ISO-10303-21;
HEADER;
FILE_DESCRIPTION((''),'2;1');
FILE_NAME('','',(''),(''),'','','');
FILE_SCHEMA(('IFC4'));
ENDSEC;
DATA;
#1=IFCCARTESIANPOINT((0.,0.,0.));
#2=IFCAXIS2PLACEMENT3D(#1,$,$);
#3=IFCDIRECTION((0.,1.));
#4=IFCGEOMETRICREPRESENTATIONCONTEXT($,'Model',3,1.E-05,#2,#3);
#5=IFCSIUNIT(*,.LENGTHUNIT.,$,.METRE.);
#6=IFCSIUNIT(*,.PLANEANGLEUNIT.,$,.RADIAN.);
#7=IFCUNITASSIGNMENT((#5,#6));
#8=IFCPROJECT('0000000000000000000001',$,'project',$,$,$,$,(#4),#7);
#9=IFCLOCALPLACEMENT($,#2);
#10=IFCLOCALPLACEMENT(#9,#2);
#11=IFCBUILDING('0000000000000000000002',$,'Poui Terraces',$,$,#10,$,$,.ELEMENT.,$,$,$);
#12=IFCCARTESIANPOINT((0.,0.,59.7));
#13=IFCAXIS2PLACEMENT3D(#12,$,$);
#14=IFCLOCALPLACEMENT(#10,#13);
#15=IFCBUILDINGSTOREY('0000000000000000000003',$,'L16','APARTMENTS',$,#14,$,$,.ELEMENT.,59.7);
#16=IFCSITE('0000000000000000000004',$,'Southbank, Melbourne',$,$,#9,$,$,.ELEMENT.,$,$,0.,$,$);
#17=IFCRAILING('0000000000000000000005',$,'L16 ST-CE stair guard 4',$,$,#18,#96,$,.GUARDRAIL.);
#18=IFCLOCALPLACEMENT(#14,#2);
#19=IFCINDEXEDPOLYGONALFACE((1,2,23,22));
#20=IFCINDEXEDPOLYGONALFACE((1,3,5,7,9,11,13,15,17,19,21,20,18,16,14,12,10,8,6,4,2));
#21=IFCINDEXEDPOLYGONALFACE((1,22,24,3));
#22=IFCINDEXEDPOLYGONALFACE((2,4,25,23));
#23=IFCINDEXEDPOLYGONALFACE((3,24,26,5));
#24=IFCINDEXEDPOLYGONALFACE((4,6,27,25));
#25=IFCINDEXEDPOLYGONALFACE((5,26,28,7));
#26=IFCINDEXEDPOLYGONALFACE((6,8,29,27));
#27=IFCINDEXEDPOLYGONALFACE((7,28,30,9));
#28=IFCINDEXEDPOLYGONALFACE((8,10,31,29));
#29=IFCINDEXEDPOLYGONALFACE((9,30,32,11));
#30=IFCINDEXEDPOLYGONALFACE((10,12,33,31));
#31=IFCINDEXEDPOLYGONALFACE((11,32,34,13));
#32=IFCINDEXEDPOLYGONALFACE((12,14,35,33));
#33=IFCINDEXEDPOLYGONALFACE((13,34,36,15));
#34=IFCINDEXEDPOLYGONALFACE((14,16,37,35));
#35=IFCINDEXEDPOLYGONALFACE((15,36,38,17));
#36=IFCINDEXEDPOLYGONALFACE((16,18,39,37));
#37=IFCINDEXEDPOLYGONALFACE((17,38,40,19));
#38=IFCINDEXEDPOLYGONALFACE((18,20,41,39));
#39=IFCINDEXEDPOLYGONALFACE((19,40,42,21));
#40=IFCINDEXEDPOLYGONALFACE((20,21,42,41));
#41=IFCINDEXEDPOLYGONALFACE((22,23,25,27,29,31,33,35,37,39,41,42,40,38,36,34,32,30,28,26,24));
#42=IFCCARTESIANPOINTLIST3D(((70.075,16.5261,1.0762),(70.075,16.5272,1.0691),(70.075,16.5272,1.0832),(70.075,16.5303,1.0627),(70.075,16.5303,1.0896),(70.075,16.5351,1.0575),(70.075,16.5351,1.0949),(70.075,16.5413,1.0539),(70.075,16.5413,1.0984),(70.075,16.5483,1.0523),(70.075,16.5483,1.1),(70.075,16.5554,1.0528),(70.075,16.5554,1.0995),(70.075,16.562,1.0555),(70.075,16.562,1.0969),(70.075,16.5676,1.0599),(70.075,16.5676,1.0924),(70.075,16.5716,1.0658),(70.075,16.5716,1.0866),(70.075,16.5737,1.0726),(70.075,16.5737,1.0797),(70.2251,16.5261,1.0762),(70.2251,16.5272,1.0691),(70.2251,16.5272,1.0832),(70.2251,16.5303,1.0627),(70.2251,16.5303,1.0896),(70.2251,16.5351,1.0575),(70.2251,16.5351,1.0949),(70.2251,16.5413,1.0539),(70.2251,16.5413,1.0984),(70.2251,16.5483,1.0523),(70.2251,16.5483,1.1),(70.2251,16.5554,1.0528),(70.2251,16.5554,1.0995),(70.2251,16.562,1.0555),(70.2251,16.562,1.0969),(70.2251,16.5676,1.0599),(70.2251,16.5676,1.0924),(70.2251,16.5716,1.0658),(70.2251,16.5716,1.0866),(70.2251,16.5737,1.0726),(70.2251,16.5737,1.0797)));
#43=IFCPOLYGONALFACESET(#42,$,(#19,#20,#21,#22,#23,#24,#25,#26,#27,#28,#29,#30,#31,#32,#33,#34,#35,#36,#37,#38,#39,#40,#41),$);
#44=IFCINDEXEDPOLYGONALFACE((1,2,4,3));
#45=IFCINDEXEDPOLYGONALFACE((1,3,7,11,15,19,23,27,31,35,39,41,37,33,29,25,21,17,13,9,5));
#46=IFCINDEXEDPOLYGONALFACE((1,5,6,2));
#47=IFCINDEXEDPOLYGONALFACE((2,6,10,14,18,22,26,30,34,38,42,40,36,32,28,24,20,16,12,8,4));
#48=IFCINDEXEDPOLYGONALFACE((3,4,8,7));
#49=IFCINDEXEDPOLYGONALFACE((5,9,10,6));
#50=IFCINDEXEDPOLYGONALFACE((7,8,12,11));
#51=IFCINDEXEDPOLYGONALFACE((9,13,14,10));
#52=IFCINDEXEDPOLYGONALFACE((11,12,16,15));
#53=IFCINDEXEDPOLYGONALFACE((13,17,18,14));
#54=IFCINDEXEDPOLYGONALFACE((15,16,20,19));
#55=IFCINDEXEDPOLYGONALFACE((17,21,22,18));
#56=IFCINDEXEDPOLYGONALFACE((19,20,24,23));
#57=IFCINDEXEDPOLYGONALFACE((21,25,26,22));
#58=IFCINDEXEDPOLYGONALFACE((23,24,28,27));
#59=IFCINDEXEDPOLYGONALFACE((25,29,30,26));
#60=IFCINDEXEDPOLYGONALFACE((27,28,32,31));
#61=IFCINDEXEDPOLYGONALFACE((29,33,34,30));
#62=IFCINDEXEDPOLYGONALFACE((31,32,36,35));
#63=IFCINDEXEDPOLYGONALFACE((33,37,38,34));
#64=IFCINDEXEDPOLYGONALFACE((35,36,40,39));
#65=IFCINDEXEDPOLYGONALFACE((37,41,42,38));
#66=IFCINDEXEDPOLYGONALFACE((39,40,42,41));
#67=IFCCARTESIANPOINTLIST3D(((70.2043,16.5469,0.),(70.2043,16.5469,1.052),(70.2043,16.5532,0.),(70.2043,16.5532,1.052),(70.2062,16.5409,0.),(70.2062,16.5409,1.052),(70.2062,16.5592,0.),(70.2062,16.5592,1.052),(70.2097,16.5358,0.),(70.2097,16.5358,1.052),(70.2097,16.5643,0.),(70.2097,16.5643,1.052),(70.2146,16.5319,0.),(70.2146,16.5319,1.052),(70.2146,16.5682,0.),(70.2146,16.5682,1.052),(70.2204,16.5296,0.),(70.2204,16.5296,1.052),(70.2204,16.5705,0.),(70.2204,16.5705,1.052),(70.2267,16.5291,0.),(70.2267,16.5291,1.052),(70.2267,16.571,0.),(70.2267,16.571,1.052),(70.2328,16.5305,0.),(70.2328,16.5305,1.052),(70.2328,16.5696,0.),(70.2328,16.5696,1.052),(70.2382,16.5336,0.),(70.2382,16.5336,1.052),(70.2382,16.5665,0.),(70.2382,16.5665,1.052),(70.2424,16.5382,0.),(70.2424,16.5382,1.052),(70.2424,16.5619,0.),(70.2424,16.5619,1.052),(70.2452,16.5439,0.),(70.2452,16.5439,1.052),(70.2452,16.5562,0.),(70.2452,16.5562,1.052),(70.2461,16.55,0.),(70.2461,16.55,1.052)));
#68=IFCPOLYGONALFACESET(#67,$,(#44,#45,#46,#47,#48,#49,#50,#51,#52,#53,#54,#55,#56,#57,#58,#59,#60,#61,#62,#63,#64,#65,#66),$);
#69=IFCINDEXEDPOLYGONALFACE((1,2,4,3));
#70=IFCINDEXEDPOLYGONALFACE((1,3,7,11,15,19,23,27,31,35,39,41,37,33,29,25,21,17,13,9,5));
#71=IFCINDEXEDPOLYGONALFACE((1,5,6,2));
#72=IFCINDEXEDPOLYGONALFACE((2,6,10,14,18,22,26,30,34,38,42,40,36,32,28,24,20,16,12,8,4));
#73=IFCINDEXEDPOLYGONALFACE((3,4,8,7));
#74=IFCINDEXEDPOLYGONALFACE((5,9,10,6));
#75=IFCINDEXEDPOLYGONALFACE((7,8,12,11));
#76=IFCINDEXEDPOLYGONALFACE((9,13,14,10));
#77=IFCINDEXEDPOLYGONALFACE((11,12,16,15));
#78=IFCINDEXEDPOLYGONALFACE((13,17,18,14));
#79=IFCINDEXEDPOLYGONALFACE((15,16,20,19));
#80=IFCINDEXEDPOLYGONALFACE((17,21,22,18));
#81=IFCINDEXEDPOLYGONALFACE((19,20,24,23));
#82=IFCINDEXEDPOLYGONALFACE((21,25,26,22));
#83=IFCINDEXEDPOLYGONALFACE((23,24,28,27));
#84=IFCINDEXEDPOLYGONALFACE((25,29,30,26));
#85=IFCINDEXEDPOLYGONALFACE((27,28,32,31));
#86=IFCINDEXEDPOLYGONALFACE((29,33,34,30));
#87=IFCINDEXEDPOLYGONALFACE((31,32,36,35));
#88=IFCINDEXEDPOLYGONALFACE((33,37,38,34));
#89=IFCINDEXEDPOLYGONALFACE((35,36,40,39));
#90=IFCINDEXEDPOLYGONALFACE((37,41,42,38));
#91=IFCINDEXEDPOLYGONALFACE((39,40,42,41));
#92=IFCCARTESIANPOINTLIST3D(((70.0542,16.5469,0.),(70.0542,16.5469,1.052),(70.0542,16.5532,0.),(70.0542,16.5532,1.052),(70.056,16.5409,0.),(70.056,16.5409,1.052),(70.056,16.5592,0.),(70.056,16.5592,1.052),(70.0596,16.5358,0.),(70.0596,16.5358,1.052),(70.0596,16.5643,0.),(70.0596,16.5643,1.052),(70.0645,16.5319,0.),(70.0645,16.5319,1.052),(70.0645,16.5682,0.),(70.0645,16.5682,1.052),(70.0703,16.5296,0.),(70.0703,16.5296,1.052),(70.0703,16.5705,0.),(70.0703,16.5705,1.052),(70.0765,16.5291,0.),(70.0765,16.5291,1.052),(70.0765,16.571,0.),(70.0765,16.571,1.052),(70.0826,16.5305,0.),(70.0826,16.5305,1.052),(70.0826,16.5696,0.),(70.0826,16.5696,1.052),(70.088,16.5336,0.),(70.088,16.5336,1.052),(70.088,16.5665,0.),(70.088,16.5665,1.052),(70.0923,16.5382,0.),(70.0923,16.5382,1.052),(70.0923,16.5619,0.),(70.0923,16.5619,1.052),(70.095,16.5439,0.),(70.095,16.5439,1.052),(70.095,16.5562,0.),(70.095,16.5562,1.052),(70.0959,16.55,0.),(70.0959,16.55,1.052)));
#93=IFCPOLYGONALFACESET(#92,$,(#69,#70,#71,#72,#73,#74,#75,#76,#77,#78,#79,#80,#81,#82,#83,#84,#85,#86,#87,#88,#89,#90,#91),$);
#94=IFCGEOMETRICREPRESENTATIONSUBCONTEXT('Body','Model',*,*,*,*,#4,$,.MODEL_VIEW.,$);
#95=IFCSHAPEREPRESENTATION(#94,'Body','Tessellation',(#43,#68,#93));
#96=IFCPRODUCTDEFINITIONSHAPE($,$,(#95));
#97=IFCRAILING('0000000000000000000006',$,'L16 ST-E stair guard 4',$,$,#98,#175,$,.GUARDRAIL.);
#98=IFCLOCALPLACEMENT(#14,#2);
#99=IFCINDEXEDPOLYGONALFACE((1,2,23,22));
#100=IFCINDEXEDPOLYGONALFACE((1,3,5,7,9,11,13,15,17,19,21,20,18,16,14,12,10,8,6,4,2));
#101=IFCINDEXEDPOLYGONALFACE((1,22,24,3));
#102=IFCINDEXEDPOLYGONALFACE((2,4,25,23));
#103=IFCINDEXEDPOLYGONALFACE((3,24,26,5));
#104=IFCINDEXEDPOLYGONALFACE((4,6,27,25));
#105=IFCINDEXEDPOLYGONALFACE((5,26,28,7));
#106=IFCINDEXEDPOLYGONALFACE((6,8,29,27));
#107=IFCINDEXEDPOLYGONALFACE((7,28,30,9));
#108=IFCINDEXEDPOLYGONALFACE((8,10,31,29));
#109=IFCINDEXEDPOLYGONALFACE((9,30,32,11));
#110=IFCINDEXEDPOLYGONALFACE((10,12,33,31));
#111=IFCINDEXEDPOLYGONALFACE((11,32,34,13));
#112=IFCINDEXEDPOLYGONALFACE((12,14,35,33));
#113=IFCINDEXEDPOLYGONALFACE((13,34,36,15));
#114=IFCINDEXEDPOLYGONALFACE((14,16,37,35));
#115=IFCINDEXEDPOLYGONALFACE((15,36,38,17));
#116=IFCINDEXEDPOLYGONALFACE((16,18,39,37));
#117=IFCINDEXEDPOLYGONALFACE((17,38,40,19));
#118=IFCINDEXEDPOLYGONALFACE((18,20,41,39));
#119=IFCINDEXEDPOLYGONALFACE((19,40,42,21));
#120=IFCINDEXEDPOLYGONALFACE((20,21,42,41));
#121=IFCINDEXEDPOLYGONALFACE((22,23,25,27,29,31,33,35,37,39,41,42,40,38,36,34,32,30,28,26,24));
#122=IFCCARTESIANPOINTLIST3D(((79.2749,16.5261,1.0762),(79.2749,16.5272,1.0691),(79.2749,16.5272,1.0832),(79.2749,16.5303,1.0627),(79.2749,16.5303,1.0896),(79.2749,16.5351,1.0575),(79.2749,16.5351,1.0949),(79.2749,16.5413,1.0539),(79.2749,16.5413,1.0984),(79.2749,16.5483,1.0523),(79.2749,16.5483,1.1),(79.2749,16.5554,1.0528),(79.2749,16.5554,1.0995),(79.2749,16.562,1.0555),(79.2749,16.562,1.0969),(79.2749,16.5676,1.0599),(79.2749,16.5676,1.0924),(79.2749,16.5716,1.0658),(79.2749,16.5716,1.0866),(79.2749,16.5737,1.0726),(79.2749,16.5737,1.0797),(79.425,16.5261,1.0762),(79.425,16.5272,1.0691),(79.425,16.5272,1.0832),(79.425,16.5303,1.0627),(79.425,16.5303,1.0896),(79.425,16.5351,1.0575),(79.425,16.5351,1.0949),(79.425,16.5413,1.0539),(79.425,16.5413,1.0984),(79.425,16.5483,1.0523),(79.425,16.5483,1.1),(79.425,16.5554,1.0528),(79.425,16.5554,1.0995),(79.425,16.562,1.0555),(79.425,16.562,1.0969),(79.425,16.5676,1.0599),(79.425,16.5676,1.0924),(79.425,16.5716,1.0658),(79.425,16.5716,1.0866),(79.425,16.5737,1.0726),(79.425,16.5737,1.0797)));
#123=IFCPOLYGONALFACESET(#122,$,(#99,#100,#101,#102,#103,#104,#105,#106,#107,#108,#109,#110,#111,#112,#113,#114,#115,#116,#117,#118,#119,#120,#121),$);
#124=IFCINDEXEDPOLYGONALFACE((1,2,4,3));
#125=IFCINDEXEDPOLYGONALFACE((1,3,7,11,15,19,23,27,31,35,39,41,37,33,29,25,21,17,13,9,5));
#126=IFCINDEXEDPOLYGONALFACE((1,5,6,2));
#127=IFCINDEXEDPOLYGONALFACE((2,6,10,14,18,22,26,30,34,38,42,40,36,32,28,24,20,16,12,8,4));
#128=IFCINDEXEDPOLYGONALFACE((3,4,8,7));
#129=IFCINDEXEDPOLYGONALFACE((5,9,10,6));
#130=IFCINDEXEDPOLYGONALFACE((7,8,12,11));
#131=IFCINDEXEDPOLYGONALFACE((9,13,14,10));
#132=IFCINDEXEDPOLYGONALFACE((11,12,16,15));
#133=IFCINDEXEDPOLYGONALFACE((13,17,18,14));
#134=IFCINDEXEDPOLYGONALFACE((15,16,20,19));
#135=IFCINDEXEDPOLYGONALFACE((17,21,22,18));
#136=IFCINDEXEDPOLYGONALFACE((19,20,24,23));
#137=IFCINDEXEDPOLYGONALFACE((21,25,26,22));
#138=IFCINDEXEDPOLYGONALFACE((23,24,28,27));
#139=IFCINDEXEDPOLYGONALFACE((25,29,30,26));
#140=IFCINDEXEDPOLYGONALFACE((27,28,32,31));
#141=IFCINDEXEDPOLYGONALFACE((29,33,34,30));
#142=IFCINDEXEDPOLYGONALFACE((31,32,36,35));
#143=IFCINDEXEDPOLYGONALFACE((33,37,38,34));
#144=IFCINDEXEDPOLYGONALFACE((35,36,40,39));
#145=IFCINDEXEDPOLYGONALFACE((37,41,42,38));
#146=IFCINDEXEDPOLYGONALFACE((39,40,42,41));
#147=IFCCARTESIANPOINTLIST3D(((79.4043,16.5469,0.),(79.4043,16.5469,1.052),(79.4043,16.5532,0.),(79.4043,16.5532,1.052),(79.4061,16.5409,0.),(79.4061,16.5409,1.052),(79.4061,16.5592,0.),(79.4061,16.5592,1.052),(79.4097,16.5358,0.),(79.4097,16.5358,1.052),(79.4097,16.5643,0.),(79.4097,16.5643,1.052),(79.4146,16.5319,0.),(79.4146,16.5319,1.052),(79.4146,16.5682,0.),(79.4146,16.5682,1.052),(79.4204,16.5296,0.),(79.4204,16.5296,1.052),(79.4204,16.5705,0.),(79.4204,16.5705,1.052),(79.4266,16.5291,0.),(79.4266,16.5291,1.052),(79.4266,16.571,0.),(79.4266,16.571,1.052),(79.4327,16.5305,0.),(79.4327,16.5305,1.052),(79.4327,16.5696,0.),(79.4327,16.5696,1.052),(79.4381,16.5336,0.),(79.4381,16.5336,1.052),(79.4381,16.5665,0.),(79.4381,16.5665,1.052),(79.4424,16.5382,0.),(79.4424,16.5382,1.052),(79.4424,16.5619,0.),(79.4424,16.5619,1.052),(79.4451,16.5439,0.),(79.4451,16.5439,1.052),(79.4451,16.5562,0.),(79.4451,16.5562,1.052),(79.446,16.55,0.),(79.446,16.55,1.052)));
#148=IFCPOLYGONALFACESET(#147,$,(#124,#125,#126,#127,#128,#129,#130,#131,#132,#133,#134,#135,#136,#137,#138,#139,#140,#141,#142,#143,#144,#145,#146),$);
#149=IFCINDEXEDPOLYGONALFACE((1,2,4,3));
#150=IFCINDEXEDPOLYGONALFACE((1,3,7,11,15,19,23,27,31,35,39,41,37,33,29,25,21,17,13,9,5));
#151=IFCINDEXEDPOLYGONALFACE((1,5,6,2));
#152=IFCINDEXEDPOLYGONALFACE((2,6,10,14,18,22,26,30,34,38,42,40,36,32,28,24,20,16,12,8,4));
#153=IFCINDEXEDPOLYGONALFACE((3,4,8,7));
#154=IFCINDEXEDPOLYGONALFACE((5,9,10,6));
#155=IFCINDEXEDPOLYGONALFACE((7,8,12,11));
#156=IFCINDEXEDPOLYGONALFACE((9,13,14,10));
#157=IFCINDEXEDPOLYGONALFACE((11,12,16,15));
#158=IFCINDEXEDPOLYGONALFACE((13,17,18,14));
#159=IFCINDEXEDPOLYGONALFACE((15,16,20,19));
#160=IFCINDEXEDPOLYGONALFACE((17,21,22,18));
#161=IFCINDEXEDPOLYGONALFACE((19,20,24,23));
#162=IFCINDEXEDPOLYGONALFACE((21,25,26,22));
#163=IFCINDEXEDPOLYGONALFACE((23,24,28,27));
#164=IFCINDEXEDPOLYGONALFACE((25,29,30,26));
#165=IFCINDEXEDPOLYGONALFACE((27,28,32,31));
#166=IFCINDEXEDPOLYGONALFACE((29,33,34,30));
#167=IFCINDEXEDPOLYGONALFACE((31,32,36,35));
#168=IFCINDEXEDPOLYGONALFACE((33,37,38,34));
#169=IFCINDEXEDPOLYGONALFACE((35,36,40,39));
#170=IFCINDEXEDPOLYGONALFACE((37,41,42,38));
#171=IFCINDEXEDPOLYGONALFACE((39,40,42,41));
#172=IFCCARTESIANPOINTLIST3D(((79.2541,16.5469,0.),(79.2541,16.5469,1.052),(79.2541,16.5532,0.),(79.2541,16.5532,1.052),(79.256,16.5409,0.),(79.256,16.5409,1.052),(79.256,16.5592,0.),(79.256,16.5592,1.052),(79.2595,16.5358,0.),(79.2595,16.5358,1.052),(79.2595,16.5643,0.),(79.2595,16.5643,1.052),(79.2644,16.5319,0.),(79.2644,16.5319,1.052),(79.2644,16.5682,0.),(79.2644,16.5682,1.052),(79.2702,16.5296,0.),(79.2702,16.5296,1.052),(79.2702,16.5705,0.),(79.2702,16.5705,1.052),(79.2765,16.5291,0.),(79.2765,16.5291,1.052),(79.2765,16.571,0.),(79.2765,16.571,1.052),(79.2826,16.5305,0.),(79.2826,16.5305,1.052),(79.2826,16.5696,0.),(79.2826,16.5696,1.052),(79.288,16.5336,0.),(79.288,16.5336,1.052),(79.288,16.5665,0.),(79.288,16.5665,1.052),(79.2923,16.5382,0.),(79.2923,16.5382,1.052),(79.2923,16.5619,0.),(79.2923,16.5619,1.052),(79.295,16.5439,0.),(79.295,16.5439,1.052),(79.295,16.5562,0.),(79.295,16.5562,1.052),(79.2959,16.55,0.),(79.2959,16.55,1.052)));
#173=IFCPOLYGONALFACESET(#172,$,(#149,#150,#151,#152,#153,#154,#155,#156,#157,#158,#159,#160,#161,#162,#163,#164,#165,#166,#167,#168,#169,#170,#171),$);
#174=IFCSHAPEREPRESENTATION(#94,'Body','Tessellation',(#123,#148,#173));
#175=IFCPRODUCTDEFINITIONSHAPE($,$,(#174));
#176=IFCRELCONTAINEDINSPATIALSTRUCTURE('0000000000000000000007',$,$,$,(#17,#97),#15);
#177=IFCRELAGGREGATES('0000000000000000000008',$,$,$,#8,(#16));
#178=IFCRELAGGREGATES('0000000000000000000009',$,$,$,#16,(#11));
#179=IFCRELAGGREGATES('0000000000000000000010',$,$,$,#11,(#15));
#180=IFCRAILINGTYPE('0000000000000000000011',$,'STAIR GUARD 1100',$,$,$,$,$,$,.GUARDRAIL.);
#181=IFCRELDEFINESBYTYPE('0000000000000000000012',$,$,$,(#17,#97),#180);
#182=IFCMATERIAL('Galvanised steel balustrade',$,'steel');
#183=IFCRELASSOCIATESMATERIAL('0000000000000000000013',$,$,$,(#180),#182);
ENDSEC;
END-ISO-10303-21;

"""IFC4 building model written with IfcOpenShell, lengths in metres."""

from ifc_helpers import new_model, si_unit, direction, frame, origin, origin_2d, place, context, subcontext, project, spatial, circle, extrude, material, type_object, element, save


model = new_model("IFC4")

# Units and contexts
model_context = context("Model", 3, precision=1e-05, world=origin(), true_north=direction((0.0, 1.0)))
body_context = subcontext(model_context, "Body", "Model", "MODEL_VIEW")
ifc_project = project(units=[si_unit("LENGTHUNIT", "METRE"), si_unit("PLANEANGLEUNIT", "RADIAN")], contexts=[model_context])

# Site, building, storey
site_placement = place(None, origin())
site = spatial("IfcSite", under=ifc_project, at=site_placement, Name="Southbank, Melbourne", CompositionType="ELEMENT", RefElevation=0.0)
building_placement = place(site_placement, origin())
building = spatial("IfcBuilding", under=site, at=building_placement, Name="Poui Terraces", CompositionType="ELEMENT")
storey_placement = place(building_placement, frame((0.0, 0.0, 59.7)))
storey = spatial("IfcBuildingStorey", under=building, at=storey_placement, Name="L16", Description="APARTMENTS", CompositionType="ELEMENT", Elevation=59.7)

# Railings
ifc_material_1 = material(Name="Galvanised steel balustrade", Category="steel")
railing_type_1 = type_object("IfcRailingType", Name="STAIR GUARD 1100", PredefinedType="GUARDRAIL", material=ifc_material_1)
for number, where, name in (
    (1, (70.2251, 16.55, 0.0), "L16 ST-CE stair guard 4"),
    (2, (79.425, 16.55, 0.0), "L16 ST-E stair guard 4"),
):
    element("IfcRailing", number, at=place(storey_placement, frame(where)), inside=storey, type_object=railing_type_1, Name=name, PredefinedType="GUARDRAIL", context=body_context, shape_type="SweptSolid", body=[
        extrude(circle(Radius=0.0239, at=origin_2d()), frame((0.0, 0.0, 1.0762), z_axis=(-1.0, 0.0, 0.0), x_axis=(0.0, -1.0, 0.0)), (0.0, 0.0, 1.0), 0.1501),
        extrude(circle(Radius=0.021, at=origin_2d()), origin(), (0.0, 0.0, 1.0), 1.052),
        extrude(circle(Radius=0.021, at=origin_2d()), frame((-0.1501, 0.0, 0.0)), (0.0, 0.0, 1.0), 1.052),
    ])

save(model, "model.ifc")
